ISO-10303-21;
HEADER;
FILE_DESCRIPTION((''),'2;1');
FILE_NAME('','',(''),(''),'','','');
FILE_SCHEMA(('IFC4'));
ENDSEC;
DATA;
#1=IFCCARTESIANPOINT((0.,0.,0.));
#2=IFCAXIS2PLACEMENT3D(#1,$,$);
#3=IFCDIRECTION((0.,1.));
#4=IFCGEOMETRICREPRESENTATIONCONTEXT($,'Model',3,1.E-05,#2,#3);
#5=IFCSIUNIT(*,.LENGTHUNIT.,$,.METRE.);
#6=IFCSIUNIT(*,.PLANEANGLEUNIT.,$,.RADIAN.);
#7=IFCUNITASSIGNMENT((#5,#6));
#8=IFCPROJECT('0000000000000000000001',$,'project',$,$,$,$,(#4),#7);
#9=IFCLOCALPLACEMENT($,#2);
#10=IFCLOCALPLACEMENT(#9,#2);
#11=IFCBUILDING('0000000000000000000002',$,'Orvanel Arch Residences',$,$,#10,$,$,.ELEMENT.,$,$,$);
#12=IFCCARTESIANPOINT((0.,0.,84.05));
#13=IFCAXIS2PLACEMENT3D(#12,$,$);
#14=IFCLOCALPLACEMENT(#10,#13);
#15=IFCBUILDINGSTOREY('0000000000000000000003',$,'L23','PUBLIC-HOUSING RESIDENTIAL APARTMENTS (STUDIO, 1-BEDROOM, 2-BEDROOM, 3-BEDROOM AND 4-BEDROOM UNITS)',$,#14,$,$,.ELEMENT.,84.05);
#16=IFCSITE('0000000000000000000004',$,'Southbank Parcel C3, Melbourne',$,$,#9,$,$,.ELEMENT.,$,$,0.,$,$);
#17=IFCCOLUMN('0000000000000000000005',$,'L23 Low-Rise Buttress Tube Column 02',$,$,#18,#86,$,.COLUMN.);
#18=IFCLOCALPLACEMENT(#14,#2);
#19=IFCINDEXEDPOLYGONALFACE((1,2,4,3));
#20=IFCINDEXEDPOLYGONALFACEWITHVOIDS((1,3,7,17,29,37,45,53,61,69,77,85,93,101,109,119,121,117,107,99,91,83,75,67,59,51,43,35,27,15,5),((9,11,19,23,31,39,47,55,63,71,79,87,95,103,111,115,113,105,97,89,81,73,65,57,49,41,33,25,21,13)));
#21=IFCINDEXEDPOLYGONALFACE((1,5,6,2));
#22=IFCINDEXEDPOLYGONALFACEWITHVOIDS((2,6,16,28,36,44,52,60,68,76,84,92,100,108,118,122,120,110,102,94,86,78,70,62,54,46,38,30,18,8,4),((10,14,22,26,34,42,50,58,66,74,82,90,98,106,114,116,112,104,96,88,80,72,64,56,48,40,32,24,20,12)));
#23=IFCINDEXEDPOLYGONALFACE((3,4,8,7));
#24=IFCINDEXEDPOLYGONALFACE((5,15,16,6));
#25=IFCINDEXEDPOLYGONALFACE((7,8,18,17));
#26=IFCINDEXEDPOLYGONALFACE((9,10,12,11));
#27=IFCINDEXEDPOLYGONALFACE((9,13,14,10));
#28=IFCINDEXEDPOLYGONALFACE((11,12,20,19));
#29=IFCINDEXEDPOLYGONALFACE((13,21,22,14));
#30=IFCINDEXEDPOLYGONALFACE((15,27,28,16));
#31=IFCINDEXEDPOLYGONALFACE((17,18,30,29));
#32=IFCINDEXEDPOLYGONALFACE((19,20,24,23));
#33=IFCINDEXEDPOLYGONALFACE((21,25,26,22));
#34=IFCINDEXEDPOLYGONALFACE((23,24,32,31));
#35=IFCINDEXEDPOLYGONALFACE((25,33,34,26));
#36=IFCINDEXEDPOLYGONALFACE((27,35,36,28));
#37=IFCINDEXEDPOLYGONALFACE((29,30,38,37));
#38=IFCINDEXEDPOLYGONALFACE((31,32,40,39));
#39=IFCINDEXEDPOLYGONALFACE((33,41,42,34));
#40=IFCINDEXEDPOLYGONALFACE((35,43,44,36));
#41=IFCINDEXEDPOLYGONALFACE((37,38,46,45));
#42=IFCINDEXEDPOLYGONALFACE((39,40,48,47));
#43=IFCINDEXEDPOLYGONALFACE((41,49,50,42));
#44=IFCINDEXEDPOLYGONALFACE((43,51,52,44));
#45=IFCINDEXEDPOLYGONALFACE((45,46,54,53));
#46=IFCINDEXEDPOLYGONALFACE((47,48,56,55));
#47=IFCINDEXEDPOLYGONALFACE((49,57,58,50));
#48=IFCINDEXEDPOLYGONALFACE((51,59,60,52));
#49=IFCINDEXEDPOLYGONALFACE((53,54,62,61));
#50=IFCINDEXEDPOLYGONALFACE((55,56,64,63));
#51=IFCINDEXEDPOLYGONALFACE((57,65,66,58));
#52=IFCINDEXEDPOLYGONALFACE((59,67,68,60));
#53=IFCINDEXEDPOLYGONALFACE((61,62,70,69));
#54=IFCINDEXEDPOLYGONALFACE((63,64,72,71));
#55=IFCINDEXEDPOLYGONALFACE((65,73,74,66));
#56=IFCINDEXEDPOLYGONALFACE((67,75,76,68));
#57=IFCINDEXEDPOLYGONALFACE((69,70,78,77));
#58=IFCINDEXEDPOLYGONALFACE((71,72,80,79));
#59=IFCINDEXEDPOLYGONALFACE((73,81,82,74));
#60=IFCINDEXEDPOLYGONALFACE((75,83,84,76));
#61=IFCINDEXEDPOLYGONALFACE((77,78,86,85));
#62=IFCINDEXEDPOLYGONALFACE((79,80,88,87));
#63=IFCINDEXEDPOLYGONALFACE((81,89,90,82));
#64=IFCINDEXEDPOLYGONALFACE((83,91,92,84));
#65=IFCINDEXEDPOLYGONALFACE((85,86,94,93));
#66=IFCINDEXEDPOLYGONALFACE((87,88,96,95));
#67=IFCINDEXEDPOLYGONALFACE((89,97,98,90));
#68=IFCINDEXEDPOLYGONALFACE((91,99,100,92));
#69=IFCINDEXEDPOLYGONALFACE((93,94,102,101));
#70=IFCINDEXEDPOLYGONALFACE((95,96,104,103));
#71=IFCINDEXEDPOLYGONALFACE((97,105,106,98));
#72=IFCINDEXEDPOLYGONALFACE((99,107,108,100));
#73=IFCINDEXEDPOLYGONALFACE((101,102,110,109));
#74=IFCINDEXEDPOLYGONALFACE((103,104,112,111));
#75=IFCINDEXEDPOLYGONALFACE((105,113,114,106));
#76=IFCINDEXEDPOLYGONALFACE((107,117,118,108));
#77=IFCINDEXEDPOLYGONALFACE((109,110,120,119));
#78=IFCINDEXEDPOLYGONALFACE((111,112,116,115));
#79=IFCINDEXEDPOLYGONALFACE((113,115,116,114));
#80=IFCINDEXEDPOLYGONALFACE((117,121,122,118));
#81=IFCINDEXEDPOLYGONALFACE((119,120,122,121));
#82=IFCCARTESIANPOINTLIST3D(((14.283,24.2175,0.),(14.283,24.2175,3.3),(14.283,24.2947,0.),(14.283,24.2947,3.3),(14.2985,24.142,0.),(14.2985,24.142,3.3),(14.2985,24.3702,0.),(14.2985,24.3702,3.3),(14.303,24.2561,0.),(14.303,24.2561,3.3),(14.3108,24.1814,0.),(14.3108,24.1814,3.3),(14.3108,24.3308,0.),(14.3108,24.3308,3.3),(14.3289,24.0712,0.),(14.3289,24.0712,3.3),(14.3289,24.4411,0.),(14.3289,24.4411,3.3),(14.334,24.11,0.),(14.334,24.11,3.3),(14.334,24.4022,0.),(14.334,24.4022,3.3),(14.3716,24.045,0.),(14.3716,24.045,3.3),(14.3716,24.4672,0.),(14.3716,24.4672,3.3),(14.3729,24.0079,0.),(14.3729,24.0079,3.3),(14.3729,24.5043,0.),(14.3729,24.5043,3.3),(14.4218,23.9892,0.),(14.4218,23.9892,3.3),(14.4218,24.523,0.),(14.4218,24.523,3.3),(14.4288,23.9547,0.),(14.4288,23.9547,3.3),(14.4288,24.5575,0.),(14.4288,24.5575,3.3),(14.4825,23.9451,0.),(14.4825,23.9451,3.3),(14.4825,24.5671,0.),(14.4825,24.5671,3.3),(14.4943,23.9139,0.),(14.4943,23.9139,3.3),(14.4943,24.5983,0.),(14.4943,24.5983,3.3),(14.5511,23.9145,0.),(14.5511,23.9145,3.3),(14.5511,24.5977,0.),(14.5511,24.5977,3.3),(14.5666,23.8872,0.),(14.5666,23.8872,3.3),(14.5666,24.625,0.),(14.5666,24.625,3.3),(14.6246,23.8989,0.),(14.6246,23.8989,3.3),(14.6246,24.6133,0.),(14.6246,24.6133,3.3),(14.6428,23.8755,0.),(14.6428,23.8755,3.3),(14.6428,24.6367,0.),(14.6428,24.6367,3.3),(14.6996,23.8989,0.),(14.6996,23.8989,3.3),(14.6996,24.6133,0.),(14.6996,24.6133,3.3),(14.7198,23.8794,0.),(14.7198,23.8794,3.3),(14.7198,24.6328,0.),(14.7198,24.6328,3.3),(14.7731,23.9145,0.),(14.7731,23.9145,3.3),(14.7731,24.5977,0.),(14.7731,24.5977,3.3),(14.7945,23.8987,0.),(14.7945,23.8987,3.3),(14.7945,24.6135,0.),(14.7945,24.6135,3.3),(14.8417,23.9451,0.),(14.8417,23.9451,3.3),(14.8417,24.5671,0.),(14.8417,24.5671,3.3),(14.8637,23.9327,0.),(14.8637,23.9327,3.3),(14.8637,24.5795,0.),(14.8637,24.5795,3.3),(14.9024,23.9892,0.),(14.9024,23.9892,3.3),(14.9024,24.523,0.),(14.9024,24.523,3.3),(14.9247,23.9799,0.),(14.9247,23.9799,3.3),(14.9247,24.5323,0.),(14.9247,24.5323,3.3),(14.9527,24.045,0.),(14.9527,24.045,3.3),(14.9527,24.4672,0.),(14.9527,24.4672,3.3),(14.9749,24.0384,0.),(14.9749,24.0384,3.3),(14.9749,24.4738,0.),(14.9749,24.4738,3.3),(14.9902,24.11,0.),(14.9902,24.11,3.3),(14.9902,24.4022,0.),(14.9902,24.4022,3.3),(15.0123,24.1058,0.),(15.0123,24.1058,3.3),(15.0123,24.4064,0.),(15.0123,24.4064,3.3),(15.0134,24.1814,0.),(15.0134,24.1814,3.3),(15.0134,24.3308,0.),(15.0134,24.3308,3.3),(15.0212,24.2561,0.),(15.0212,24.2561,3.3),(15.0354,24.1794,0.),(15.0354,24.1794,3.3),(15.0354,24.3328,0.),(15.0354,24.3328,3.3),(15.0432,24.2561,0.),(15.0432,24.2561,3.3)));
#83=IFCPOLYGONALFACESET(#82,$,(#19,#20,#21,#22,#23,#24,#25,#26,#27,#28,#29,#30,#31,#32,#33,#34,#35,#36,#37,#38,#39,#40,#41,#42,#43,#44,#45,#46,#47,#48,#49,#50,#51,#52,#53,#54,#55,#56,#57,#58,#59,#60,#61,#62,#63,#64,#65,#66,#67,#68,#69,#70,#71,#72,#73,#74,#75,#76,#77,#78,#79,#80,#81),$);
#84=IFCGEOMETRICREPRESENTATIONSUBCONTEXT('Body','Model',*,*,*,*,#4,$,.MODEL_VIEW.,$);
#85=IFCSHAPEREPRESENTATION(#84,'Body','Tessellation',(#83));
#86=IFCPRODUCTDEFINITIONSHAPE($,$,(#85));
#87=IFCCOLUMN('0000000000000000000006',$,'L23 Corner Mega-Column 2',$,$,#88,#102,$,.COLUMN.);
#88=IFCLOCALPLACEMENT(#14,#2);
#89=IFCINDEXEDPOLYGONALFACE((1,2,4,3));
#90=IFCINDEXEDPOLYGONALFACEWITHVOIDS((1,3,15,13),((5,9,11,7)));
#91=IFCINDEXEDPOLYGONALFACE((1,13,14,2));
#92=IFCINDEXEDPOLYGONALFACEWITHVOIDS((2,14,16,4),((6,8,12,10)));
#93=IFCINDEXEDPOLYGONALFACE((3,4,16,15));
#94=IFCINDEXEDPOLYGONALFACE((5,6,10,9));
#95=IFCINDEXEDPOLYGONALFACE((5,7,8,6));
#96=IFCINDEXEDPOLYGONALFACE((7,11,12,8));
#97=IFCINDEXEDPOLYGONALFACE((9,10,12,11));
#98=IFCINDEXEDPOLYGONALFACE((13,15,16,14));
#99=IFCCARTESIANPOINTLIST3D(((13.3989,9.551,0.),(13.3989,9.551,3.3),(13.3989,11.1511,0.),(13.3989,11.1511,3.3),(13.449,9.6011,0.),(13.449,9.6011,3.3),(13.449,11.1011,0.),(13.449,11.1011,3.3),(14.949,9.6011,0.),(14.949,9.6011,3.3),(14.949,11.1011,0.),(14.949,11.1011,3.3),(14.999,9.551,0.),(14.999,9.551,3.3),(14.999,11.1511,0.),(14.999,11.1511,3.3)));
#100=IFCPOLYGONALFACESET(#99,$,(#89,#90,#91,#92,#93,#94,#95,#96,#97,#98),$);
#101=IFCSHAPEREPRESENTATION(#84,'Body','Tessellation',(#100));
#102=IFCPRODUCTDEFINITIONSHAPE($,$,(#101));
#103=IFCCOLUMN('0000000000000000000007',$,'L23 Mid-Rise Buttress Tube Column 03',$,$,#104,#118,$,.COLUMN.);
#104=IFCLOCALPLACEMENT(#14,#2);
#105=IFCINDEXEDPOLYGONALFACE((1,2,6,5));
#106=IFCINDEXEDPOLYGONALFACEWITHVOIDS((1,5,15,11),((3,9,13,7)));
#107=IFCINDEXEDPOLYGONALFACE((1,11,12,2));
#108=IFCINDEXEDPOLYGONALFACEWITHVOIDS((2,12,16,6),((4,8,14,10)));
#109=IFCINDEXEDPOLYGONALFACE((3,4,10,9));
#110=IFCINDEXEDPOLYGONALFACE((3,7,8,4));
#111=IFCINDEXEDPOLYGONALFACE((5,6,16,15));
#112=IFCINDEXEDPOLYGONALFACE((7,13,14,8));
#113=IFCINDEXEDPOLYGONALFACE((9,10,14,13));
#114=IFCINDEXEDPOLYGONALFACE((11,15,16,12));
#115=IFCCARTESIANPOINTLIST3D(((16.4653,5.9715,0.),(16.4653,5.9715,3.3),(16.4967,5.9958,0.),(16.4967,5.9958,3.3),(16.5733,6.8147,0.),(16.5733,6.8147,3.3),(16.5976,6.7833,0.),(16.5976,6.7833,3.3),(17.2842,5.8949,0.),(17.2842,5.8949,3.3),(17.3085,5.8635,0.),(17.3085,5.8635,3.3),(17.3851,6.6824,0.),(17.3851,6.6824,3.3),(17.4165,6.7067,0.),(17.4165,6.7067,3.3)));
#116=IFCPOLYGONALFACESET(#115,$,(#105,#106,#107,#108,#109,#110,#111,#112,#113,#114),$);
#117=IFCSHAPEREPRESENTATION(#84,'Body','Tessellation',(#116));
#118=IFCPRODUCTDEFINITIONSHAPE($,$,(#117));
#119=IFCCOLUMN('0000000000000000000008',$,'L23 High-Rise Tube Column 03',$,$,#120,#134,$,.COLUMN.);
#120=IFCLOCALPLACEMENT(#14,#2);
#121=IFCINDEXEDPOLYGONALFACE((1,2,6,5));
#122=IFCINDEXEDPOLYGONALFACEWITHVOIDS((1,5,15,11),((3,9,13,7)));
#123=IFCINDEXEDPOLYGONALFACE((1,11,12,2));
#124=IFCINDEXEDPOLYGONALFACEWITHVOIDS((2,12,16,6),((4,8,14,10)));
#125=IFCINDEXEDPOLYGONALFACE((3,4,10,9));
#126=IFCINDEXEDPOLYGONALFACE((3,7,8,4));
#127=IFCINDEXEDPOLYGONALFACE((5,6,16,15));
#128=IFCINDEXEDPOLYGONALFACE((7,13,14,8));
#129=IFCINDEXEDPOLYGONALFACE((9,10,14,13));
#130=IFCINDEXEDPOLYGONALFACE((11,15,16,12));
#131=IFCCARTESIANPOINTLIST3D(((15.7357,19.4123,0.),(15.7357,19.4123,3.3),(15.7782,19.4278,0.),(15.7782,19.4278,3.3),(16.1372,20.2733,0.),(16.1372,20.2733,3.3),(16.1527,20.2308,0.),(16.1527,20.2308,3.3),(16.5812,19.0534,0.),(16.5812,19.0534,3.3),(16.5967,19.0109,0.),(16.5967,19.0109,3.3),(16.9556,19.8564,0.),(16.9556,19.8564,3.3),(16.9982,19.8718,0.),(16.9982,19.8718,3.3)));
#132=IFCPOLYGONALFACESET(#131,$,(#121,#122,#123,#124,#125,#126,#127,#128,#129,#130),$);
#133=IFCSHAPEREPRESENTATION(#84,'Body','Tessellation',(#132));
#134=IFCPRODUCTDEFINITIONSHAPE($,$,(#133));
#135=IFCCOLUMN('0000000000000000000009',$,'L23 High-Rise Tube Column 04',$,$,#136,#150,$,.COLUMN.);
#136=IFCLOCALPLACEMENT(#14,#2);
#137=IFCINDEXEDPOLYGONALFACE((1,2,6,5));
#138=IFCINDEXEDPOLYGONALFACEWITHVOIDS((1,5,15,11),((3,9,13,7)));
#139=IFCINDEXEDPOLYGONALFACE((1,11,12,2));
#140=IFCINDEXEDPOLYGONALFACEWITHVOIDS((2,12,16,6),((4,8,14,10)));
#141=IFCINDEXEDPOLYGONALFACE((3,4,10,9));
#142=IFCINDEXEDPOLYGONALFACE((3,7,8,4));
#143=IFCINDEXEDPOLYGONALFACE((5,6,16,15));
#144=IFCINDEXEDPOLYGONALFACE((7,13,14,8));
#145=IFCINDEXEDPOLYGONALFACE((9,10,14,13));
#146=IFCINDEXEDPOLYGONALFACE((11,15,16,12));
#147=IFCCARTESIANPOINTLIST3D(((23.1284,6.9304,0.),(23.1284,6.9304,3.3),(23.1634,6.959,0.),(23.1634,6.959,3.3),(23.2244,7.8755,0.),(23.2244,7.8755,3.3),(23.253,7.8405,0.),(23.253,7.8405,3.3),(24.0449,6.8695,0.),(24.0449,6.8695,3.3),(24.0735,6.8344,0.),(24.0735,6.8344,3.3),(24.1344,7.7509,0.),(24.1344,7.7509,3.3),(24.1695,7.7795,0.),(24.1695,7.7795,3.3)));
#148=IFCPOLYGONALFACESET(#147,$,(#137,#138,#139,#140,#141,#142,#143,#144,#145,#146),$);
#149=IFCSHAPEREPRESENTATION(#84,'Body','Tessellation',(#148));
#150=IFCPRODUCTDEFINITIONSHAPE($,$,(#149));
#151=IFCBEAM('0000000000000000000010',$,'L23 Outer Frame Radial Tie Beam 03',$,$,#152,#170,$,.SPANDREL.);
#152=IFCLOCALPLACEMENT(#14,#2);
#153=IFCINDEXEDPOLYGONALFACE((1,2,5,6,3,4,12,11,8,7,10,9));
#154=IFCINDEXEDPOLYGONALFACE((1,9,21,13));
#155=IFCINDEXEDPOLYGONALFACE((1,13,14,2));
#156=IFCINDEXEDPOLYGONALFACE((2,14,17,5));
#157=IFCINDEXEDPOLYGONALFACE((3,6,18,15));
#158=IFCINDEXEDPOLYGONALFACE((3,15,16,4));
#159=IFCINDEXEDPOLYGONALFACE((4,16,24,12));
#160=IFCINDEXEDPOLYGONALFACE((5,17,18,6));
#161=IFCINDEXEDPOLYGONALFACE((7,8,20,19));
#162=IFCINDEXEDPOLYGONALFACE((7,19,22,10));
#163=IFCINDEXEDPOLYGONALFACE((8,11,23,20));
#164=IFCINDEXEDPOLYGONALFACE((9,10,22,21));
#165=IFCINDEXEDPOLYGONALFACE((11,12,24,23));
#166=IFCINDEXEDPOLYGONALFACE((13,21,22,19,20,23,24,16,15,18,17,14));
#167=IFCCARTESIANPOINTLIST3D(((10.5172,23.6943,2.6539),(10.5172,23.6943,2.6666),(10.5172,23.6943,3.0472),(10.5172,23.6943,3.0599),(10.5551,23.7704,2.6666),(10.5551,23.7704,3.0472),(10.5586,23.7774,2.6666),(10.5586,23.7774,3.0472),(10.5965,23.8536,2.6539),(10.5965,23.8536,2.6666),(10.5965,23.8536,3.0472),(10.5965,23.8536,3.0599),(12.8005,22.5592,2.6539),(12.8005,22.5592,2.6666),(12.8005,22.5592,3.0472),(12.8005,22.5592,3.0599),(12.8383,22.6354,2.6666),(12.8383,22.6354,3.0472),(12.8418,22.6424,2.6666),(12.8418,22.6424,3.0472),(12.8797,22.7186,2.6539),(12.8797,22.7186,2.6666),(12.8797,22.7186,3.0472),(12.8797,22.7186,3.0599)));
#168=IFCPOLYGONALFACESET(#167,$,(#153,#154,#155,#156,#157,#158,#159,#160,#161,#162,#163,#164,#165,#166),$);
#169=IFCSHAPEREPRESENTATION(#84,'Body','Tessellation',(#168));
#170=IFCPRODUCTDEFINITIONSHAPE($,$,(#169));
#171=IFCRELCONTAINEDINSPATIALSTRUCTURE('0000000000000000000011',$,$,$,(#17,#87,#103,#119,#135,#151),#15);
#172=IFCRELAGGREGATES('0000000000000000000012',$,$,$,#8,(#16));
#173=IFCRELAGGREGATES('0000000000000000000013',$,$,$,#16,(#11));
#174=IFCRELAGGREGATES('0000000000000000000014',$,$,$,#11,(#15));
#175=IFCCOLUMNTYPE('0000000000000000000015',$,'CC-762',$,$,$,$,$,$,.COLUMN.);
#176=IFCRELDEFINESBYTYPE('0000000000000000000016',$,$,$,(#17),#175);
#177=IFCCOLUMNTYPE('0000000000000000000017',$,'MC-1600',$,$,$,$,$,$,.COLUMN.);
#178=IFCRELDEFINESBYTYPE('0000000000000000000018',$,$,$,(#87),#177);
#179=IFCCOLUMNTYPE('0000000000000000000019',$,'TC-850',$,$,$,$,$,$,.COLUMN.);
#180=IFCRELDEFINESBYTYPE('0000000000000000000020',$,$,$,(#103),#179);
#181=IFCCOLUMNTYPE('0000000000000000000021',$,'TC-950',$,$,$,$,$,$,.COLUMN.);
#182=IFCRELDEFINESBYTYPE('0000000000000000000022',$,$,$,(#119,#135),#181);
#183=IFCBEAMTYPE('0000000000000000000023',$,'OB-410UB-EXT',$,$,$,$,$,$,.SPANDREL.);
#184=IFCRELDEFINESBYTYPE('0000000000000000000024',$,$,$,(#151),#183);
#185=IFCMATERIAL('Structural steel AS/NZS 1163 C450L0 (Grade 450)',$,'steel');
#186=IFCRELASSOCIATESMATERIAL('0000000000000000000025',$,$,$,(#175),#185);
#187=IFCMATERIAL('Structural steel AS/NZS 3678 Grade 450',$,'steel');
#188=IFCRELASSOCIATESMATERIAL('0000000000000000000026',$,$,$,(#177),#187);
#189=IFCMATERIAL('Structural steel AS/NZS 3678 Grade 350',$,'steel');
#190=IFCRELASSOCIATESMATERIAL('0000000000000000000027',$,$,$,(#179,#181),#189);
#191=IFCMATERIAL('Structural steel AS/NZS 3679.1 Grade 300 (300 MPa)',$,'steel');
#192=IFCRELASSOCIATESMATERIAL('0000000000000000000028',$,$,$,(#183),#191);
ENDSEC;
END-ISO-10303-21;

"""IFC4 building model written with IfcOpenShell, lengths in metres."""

from ifc_helpers import new_model, si_unit, direction, frame, origin, origin_2d, place, context, subcontext, project, spatial, hollow_rectangle, hollow_circle, i_section, extrude, material, material_profile, profile_set, type_object, element, save


model = new_model("IFC4")

# Units and contexts
model_context = context("Model", 3, precision=1e-05, world=origin(), true_north=direction((0.0, 1.0)))
body_context = subcontext(model_context, "Body", "Model", "MODEL_VIEW")
ifc_project = project(units=[si_unit("LENGTHUNIT", "METRE"), si_unit("PLANEANGLEUNIT", "RADIAN")], contexts=[model_context])

# Site, building, storey
site_placement = place(None, origin())
site = spatial("IfcSite", under=ifc_project, at=site_placement, Name="Southbank Parcel C3, Melbourne", CompositionType="ELEMENT", RefElevation=0.0)
building_placement = place(site_placement, origin())
building = spatial("IfcBuilding", under=site, at=building_placement, Name="Orvanel Arch Residences", CompositionType="ELEMENT")
storey_placement = place(building_placement, frame((0.0, 0.0, 84.05)))
storey = spatial("IfcBuildingStorey", under=building, at=storey_placement, Name="L23", Description="PUBLIC-HOUSING RESIDENTIAL APARTMENTS (STUDIO, 1-BEDROOM, 2-BEDROOM, 3-BEDROOM AND 4-BEDROOM UNITS)", CompositionType="ELEMENT", Elevation=84.05)

# Columns
ifc_material_1 = material(Name="Structural steel AS/NZS 1163 C450L0 (Grade 450)", Category="steel")
ifc_material_profile_1 = material_profile(ifc_material_1, hollow_circle(Radius=0.3811, WallThickness=0.022, at=origin_2d()), Name="CHS762x22")
ifc_profile_set_1 = profile_set([ifc_material_profile_1], Name="Structural steel AS/NZS 1163 C450L0 (Grade 450)")
column_type_1 = type_object("IfcColumnType", Name="CC-762", PredefinedType="COLUMN", material=ifc_profile_set_1)
column_1_placement = place(storey_placement, frame((14.6621, 24.2561, 0.0), z_axis=(0.0, 0.0, 1.0), x_axis=(1.0, 0.0, 0.0)))
element("IfcColumn", 1, at=column_1_placement, inside=storey, type_object=column_type_1, Name="L23 Low-Rise Buttress Tube Column 02", PredefinedType="COLUMN", context=body_context, shape_type="SweptSolid", body=[
    extrude(hollow_circle(Radius=0.3811, WallThickness=0.022, at=origin_2d()), origin(), (0.0, 0.0, 1.0), 3.3),
])
ifc_material_2 = material(Name="Structural steel AS/NZS 3678 Grade 450", Category="steel")
ifc_material_profile_2 = material_profile(ifc_material_2, hollow_rectangle(XDim=1.6001, YDim=1.6001, WallThickness=0.05, at=origin_2d()), Name="BOX1600x1600x50")
ifc_profile_set_2 = profile_set([ifc_material_profile_2], Name="Structural steel AS/NZS 3678 Grade 450")
column_type_2 = type_object("IfcColumnType", Name="MC-1600", PredefinedType="COLUMN", material=ifc_profile_set_2)
column_2_placement = place(storey_placement, frame((14.199, 10.3511, 0.0), z_axis=(0.0, 0.0, 1.0), x_axis=(1.0, 0.0, 0.0)))
element("IfcColumn", 2, at=column_2_placement, inside=storey, type_object=column_type_2, Name="L23 Corner Mega-Column 2", PredefinedType="COLUMN", context=body_context, shape_type="SweptSolid", body=[
    extrude(hollow_rectangle(XDim=1.6001, YDim=1.6001, WallThickness=0.05, at=origin_2d()), origin(), (0.0, 0.0, 1.0), 3.3),
])
ifc_material_3 = material(Name="Structural steel AS/NZS 3678 Grade 350", Category="steel")
ifc_material_profile_3 = material_profile(ifc_material_3, hollow_rectangle(XDim=0.8501, YDim=0.8501, WallThickness=0.0281, at=origin_2d()), Name="BOX850x850x28")
ifc_profile_set_3 = profile_set([ifc_material_profile_3], Name="Structural steel AS/NZS 3678 Grade 350")
column_type_3 = type_object("IfcColumnType", Name="TC-850", PredefinedType="COLUMN", material=ifc_profile_set_3)
column_3_placement = place(storey_placement, frame((16.9409, 6.3391, 0.0), z_axis=(0.0, 0.0, 1.0), x_axis=(-0.991894, 0.127065, 0.0)))
element("IfcColumn", 3, at=column_3_placement, inside=storey, type_object=column_type_3, Name="L23 Mid-Rise Buttress Tube Column 03", PredefinedType="COLUMN", context=body_context, shape_type="SweptSolid", body=[
    extrude(hollow_rectangle(XDim=0.8501, YDim=0.8501, WallThickness=0.0281, at=origin_2d()), origin(), (0.0, 0.0, 1.0), 3.3),
])
ifc_material_profile_4 = material_profile(ifc_material_3, hollow_rectangle(XDim=0.95, YDim=0.95, WallThickness=0.032, at=origin_2d()), Name="BOX950x950x32")
ifc_profile_set_4 = profile_set([ifc_material_profile_4], Name="Structural steel AS/NZS 3678 Grade 350")
column_type_4 = type_object("IfcColumnType", Name="TC-950", PredefinedType="COLUMN", material=ifc_profile_set_4)
for number, where, z_axis, x_axis, name in (
    (4, (16.3669, 19.6421, 0.0), (0.0, 0.0, 1.0), (0.422618, 0.906308, 0.0), "L23 High-Rise Tube Column 03"),
    (5, (23.6489, 7.355, 0.0), (0.0, 0.0, 1.0), (-0.994881, 0.101056, 0.0), "L23 High-Rise Tube Column 04"),
):
    element("IfcColumn", number, at=place(storey_placement, frame(where, z_axis=z_axis, x_axis=x_axis)), inside=storey, type_object=column_type_4, Name=name, PredefinedType="COLUMN", context=body_context, shape_type="SweptSolid", body=[
        extrude(hollow_rectangle(XDim=0.95, YDim=0.95, WallThickness=0.032, at=origin_2d()), origin(), (0.0, 0.0, 1.0), 3.3),
    ])

# Beam
ifc_material_4 = material(Name="Structural steel AS/NZS 3679.1 Grade 300 (300 MPa)", Category="steel")
ifc_material_profile_5 = material_profile(ifc_material_4, i_section(OverallWidth=0.178, OverallDepth=0.406, WebThickness=0.0078, FlangeThickness=0.0127, at=origin_2d()), Name="410UB59.7")
ifc_profile_set_5 = profile_set([ifc_material_profile_5], Name="Structural steel AS/NZS 3679.1 Grade 300 (300 MPa)")
beam_type_1 = type_object("IfcBeamType", Name="OB-410UB-EXT", PredefinedType="SPANDREL", material=ifc_profile_set_5)
beam_1_placement = place(storey_placement, frame((12.8401, 22.6389, 2.8569), z_axis=(-0.895459, 0.445144, 0.0), x_axis=(-0.445144, -0.895459, 0.0)))
element("IfcBeam", 6, at=beam_1_placement, inside=storey, type_object=beam_type_1, Name="L23 Outer Frame Radial Tie Beam 03", PredefinedType="SPANDREL", context=body_context, shape_type="SweptSolid", body=[
    extrude(i_section(OverallWidth=0.178, OverallDepth=0.406, WebThickness=0.0078, FlangeThickness=0.0127, at=origin_2d()), origin(), (0.0, 0.0, 1.0), 2.5498),
])

save(model, "model.ifc")
